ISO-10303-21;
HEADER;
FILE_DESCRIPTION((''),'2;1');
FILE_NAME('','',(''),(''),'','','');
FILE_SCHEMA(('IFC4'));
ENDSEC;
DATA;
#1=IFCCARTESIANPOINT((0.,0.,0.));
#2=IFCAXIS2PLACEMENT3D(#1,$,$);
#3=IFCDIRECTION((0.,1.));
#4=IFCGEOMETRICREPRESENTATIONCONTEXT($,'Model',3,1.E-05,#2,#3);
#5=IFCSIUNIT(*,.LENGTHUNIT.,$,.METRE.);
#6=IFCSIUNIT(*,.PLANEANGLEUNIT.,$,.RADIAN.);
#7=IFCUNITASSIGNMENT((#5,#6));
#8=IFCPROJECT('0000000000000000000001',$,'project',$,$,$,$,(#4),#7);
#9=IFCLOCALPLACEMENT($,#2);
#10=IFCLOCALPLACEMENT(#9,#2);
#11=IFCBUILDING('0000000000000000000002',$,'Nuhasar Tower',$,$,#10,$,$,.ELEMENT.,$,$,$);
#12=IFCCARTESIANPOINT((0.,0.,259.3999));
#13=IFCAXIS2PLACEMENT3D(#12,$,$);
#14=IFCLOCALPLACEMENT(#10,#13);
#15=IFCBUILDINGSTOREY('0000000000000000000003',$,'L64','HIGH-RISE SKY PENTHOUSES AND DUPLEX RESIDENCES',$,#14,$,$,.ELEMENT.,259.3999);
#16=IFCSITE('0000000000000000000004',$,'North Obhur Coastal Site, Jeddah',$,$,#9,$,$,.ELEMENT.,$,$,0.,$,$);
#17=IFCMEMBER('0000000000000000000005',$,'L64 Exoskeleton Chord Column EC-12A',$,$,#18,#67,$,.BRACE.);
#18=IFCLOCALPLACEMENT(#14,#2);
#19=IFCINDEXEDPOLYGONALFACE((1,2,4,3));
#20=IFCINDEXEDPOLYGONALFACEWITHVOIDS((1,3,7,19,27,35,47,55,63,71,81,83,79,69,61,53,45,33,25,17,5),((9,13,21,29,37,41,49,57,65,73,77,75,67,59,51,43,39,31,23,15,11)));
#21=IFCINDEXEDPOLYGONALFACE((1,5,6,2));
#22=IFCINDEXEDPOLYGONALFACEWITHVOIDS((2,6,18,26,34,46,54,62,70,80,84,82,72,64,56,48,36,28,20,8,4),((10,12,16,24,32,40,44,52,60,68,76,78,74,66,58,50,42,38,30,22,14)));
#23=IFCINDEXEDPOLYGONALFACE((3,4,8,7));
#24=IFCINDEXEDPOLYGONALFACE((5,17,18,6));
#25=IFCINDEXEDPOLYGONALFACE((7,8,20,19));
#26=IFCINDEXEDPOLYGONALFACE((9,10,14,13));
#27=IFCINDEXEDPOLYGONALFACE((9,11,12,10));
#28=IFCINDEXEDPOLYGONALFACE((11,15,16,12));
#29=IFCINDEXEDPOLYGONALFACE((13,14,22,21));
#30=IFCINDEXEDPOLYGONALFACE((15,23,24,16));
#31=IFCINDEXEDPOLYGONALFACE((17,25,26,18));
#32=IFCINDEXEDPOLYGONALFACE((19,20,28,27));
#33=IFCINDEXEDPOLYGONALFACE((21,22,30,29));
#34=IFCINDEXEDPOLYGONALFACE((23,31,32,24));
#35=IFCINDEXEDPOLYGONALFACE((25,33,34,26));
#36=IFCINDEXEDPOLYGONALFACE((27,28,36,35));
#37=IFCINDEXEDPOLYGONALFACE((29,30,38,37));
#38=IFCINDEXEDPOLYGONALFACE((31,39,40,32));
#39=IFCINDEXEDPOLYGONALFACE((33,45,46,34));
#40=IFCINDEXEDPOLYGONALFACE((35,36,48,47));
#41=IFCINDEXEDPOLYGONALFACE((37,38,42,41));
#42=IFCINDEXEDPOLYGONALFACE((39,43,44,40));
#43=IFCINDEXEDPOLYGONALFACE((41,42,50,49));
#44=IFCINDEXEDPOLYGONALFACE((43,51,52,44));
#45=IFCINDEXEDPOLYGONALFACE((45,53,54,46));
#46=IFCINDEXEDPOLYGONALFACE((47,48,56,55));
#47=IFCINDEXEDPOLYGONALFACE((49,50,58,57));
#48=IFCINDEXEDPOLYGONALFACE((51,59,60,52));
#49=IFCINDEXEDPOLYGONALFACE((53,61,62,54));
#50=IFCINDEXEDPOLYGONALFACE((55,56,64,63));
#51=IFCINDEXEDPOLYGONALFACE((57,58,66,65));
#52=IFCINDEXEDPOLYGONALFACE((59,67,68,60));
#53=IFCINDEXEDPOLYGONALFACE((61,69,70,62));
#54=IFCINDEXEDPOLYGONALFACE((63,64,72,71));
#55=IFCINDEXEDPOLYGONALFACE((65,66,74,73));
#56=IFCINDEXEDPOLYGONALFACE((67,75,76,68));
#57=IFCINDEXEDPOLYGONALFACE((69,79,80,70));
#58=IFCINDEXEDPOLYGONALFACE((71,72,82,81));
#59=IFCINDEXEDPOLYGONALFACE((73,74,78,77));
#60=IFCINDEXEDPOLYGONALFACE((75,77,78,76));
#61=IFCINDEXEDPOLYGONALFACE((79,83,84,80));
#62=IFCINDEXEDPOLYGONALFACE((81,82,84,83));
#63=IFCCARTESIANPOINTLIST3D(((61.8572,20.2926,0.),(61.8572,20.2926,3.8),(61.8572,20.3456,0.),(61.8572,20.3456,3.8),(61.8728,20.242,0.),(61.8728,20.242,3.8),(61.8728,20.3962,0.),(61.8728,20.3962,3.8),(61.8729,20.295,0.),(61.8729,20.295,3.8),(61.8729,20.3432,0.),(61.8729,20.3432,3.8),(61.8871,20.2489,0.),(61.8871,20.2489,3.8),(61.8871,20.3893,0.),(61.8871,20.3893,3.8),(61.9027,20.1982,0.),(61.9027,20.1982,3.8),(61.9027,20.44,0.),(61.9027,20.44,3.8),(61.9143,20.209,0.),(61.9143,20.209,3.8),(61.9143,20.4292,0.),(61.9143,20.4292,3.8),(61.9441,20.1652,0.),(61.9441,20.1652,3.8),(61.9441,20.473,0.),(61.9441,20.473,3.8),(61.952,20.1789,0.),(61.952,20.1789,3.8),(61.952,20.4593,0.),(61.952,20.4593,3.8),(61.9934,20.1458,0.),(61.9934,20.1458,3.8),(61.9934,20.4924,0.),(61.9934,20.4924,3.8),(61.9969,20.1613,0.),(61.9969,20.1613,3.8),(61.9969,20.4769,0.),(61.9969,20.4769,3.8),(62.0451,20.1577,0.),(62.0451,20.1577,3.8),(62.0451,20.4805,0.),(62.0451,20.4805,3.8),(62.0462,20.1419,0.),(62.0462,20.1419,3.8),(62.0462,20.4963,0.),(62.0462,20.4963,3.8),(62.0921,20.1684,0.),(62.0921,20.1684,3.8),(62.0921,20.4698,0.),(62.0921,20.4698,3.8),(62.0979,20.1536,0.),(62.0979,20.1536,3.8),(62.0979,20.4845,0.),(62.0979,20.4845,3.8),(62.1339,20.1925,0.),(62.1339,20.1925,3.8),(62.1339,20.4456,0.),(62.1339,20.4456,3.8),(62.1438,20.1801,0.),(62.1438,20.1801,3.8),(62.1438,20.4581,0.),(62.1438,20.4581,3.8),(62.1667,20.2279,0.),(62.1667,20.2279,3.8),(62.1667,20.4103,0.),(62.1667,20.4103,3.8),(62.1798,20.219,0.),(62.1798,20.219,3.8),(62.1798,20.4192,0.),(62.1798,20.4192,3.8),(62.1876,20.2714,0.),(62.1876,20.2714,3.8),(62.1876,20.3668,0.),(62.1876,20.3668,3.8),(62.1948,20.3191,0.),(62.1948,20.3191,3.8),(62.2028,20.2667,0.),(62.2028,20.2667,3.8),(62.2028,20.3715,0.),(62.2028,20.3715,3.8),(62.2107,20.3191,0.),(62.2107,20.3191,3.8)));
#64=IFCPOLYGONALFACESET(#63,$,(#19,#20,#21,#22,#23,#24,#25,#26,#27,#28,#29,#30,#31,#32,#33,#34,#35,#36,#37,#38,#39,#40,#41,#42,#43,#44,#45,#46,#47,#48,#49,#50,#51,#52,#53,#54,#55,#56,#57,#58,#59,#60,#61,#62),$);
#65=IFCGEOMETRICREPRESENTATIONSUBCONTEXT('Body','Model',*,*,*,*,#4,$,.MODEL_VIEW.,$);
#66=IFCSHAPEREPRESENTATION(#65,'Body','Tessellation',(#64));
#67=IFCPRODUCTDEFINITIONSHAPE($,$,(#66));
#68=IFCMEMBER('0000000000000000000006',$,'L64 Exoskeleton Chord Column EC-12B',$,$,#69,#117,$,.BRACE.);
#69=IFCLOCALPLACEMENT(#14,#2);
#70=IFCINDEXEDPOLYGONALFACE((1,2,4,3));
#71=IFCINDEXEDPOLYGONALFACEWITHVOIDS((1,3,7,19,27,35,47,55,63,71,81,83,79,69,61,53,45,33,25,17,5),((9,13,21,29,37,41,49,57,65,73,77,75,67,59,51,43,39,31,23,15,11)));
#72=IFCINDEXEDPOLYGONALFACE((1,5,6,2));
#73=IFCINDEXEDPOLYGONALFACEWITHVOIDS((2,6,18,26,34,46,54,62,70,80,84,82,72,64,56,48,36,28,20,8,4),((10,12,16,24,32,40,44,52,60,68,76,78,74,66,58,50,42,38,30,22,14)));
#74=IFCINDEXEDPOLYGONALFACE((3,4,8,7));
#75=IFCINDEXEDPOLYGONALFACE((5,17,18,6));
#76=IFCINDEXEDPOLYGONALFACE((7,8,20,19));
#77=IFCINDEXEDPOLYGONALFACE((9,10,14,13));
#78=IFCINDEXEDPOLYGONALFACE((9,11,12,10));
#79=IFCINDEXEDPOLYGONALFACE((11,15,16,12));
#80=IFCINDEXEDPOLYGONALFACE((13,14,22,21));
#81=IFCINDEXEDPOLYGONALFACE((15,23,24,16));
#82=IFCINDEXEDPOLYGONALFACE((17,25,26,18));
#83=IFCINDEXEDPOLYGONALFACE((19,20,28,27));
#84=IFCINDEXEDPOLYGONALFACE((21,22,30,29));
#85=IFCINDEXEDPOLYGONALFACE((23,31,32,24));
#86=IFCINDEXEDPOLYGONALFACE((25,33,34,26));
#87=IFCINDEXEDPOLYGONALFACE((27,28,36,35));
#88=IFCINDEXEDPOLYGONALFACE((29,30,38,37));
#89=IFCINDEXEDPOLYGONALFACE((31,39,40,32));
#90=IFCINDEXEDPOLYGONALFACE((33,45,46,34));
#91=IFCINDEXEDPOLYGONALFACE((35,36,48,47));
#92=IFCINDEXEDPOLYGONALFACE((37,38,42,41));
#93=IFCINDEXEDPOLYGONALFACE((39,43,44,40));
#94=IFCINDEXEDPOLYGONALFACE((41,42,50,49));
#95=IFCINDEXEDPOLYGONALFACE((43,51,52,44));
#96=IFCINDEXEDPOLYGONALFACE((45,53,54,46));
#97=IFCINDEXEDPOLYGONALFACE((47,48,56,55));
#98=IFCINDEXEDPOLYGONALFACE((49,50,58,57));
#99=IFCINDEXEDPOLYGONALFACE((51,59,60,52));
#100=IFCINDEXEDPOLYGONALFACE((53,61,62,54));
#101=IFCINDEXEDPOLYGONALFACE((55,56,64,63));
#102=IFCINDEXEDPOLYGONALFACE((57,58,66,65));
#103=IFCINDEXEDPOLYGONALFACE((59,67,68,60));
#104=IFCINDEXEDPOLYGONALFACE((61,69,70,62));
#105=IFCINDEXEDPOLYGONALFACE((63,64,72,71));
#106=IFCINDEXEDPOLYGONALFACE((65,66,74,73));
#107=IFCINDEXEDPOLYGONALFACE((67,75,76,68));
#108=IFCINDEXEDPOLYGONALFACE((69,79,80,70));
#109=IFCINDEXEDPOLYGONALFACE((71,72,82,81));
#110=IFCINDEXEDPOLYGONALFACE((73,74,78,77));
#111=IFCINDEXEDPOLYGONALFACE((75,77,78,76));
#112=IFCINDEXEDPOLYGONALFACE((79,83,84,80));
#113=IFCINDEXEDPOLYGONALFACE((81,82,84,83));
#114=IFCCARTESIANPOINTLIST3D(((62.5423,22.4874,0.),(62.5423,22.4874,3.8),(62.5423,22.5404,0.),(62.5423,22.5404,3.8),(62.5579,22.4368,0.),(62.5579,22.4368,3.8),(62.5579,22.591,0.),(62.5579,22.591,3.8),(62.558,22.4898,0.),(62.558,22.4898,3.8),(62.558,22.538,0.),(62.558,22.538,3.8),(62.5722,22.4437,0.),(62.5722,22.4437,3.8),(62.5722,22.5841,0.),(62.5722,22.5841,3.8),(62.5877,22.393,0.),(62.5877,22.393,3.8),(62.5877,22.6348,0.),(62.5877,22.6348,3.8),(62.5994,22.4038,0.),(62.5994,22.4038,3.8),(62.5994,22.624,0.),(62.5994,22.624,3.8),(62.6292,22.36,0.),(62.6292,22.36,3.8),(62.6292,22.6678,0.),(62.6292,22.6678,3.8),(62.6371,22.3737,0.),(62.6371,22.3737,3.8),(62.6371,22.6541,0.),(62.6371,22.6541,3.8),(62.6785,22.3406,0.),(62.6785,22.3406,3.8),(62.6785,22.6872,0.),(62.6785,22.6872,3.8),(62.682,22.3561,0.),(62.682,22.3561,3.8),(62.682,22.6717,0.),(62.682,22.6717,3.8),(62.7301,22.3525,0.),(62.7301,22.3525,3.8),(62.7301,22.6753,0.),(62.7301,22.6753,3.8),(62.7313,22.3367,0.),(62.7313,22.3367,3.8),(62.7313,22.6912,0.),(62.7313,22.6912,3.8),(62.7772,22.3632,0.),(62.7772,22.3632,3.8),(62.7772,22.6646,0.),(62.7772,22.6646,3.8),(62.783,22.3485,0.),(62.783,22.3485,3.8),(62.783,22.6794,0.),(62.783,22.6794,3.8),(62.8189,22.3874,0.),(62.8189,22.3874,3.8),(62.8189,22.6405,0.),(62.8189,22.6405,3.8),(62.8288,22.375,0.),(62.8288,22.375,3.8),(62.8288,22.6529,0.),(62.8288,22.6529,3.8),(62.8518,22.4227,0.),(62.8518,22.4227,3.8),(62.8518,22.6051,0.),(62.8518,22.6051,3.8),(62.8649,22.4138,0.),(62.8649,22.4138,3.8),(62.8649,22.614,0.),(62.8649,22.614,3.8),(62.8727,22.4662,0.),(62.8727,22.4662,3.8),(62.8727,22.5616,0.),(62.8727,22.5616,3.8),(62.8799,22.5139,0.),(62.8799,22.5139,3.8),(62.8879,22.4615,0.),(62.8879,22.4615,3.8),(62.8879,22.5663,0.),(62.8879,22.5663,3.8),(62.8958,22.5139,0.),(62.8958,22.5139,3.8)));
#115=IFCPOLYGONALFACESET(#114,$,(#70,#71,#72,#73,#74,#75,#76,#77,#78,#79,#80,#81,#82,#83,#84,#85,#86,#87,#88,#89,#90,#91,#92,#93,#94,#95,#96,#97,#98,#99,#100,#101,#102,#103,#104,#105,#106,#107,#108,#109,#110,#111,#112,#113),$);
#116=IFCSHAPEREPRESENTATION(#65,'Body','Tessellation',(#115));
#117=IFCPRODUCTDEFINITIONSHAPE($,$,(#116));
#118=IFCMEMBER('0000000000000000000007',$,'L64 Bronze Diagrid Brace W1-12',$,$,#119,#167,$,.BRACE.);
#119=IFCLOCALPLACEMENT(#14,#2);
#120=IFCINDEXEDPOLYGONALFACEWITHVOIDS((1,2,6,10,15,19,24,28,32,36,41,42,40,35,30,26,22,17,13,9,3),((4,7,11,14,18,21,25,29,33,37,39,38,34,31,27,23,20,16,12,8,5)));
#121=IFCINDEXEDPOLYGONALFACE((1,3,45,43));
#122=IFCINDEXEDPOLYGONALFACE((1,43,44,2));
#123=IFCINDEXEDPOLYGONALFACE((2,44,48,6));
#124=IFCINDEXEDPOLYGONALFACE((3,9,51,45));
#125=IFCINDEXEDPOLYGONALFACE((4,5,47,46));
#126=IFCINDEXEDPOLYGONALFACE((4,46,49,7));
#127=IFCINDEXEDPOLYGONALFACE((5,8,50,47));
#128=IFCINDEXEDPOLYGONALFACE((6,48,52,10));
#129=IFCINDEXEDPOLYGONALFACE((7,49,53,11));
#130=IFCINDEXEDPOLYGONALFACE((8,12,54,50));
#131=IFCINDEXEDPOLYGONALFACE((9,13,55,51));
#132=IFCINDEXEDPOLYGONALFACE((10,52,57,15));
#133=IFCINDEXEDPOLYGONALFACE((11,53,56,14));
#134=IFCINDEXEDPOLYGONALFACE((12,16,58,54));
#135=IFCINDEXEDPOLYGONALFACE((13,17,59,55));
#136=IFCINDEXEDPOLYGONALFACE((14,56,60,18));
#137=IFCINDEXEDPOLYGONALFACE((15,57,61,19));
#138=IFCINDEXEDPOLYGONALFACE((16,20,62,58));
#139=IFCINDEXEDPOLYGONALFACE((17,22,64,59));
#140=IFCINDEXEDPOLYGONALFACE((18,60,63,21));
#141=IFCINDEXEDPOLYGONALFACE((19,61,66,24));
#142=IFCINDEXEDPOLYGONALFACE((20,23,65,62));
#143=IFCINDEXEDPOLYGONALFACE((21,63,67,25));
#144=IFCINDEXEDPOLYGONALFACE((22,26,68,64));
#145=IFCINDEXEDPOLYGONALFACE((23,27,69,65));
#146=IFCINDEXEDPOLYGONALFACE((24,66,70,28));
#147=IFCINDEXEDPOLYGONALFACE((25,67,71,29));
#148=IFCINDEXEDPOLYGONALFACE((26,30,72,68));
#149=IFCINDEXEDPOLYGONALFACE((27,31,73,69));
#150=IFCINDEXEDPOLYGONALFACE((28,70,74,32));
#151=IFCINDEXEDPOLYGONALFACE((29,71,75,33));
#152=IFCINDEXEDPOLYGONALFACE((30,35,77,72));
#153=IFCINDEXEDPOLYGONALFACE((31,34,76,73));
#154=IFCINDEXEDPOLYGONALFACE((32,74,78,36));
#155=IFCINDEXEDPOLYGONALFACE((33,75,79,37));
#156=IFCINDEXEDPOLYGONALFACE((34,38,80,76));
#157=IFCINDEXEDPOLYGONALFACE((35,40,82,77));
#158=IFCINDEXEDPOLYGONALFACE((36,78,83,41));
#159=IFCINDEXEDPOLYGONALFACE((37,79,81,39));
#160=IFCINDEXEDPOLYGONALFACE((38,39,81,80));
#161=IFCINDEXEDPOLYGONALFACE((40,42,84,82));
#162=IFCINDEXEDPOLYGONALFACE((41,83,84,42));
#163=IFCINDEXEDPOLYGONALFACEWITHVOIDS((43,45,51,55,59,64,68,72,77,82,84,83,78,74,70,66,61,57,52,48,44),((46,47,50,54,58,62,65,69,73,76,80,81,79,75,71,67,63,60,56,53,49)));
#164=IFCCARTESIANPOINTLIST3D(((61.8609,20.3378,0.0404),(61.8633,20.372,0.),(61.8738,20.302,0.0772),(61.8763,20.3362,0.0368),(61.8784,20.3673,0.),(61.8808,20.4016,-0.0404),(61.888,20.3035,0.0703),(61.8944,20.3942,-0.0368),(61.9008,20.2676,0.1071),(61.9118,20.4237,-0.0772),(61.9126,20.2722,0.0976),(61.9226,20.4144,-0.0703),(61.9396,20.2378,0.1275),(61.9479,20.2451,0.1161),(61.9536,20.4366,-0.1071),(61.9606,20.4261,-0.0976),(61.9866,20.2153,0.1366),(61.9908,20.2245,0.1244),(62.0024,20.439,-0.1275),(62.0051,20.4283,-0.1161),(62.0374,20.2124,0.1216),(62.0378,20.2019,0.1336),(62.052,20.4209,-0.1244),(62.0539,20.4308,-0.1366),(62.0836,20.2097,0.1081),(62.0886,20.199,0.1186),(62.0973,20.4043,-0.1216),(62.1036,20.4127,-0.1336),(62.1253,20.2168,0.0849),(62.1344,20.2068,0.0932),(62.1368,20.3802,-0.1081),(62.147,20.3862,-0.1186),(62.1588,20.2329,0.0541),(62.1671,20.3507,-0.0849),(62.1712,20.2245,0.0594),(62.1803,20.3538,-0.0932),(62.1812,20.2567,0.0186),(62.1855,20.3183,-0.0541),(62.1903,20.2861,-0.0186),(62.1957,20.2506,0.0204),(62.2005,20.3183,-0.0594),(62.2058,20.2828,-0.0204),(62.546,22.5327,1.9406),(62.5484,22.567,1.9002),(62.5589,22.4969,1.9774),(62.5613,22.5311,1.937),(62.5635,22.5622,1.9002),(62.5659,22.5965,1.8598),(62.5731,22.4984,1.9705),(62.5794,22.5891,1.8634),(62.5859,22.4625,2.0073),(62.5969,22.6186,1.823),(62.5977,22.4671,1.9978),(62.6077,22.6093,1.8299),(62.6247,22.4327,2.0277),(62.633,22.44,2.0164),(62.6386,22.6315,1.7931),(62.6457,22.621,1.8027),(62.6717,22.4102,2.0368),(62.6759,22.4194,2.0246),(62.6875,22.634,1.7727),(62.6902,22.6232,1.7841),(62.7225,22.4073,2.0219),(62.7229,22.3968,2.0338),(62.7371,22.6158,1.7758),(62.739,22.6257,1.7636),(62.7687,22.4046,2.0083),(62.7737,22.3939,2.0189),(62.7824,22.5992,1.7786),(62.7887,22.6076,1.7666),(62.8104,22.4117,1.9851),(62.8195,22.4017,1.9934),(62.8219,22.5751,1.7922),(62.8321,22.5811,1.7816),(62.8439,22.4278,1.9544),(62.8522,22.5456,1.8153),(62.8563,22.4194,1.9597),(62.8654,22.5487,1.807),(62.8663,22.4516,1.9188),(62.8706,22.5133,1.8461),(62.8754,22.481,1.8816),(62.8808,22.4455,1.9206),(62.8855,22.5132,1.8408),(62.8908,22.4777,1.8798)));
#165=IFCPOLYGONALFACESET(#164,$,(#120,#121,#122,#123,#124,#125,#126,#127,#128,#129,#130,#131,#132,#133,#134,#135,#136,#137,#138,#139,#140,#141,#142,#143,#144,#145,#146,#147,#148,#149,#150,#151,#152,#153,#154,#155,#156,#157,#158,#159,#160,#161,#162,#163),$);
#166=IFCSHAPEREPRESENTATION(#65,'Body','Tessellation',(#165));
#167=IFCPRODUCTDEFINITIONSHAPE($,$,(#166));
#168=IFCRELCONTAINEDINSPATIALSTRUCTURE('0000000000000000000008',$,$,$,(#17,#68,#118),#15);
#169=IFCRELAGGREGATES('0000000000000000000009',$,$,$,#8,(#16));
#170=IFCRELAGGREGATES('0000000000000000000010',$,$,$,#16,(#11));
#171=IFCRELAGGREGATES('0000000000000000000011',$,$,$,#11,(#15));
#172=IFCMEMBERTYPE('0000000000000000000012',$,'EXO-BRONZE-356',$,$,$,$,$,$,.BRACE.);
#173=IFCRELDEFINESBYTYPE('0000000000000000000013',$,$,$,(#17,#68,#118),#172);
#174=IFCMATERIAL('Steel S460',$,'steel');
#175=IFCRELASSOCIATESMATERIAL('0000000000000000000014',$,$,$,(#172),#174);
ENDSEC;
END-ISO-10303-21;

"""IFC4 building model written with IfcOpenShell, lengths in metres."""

from ifc_helpers import new_model, si_unit, direction, frame, origin, origin_2d, place, context, subcontext, project, spatial, hollow_circle, extrude, material, material_profile, profile_set, type_object, element, save


model = new_model("IFC4")

# Units and contexts
model_context = context("Model", 3, precision=1e-05, world=origin(), true_north=direction((0.0, 1.0)))
body_context = subcontext(model_context, "Body", "Model", "MODEL_VIEW")
ifc_project = project(units=[si_unit("LENGTHUNIT", "METRE"), si_unit("PLANEANGLEUNIT", "RADIAN")], contexts=[model_context])

# Site, building, storey
site_placement = place(None, origin())
site = spatial("IfcSite", under=ifc_project, at=site_placement, Name="North Obhur Coastal Site, Jeddah", CompositionType="ELEMENT", RefElevation=0.0)
building_placement = place(site_placement, origin())
building = spatial("IfcBuilding", under=site, at=building_placement, Name="Nuhasar Tower", CompositionType="ELEMENT")
storey_placement = place(building_placement, frame((0.0, 0.0, 259.3999)))
storey = spatial("IfcBuildingStorey", under=building, at=storey_placement, Name="L64", Description="HIGH-RISE SKY PENTHOUSES AND DUPLEX RESIDENCES", CompositionType="ELEMENT", Elevation=259.3999)

# Members
ifc_material_1 = material(Name="Steel S460", Category="steel")
ifc_material_profile_1 = material_profile(ifc_material_1, hollow_circle(Radius=0.1777, WallThickness=0.0159, at=origin_2d()), Name="HSS355.6X15.9")
ifc_profile_set_1 = profile_set([ifc_material_profile_1], Name="Steel S460")
member_type_1 = type_object("IfcMemberType", Name="EXO-BRONZE-356", PredefinedType="BRACE", material=ifc_profile_set_1)
for number, where, z_axis, x_axis, name in (
    (1, (62.033, 20.3191, 0.0), (0.0, 0.0, 1.0), (1.0, 0.0, 0.0), "L64 Exoskeleton Chord Column EC-12A"),
    (2, (62.718, 22.5139, 0.0), (0.0, 0.0, 1.0), (1.0, 0.0, 0.0), "L64 Exoskeleton Chord Column EC-12B"),
):
    element("IfcMember", number, at=place(storey_placement, frame(where, z_axis=z_axis, x_axis=x_axis)), inside=storey, type_object=member_type_1, Name=name, PredefinedType="BRACE", context=body_context, shape_type="SweptSolid", body=[
        extrude(hollow_circle(Radius=0.1777, WallThickness=0.0159, at=origin_2d()), origin(), (0.0, 0.0, 1.0), 3.8),
    ])
member_1_placement = place(storey_placement, frame((62.033, 20.3191, 0.0), z_axis=(0.229669, 0.735826, 0.637034), x_axis=(-0.954582, 0.297948, 0.0)))
element("IfcMember", 3, at=member_1_placement, inside=storey, type_object=member_type_1, Name="L64 Bronze Diagrid Brace W1-12", PredefinedType="BRACE", context=body_context, shape_type="SweptSolid", body=[
    extrude(hollow_circle(Radius=0.1777, WallThickness=0.0159, at=origin_2d()), origin(), (0.0, 0.0, 1.0), 2.9829),
])

save(model, "model.ifc")
